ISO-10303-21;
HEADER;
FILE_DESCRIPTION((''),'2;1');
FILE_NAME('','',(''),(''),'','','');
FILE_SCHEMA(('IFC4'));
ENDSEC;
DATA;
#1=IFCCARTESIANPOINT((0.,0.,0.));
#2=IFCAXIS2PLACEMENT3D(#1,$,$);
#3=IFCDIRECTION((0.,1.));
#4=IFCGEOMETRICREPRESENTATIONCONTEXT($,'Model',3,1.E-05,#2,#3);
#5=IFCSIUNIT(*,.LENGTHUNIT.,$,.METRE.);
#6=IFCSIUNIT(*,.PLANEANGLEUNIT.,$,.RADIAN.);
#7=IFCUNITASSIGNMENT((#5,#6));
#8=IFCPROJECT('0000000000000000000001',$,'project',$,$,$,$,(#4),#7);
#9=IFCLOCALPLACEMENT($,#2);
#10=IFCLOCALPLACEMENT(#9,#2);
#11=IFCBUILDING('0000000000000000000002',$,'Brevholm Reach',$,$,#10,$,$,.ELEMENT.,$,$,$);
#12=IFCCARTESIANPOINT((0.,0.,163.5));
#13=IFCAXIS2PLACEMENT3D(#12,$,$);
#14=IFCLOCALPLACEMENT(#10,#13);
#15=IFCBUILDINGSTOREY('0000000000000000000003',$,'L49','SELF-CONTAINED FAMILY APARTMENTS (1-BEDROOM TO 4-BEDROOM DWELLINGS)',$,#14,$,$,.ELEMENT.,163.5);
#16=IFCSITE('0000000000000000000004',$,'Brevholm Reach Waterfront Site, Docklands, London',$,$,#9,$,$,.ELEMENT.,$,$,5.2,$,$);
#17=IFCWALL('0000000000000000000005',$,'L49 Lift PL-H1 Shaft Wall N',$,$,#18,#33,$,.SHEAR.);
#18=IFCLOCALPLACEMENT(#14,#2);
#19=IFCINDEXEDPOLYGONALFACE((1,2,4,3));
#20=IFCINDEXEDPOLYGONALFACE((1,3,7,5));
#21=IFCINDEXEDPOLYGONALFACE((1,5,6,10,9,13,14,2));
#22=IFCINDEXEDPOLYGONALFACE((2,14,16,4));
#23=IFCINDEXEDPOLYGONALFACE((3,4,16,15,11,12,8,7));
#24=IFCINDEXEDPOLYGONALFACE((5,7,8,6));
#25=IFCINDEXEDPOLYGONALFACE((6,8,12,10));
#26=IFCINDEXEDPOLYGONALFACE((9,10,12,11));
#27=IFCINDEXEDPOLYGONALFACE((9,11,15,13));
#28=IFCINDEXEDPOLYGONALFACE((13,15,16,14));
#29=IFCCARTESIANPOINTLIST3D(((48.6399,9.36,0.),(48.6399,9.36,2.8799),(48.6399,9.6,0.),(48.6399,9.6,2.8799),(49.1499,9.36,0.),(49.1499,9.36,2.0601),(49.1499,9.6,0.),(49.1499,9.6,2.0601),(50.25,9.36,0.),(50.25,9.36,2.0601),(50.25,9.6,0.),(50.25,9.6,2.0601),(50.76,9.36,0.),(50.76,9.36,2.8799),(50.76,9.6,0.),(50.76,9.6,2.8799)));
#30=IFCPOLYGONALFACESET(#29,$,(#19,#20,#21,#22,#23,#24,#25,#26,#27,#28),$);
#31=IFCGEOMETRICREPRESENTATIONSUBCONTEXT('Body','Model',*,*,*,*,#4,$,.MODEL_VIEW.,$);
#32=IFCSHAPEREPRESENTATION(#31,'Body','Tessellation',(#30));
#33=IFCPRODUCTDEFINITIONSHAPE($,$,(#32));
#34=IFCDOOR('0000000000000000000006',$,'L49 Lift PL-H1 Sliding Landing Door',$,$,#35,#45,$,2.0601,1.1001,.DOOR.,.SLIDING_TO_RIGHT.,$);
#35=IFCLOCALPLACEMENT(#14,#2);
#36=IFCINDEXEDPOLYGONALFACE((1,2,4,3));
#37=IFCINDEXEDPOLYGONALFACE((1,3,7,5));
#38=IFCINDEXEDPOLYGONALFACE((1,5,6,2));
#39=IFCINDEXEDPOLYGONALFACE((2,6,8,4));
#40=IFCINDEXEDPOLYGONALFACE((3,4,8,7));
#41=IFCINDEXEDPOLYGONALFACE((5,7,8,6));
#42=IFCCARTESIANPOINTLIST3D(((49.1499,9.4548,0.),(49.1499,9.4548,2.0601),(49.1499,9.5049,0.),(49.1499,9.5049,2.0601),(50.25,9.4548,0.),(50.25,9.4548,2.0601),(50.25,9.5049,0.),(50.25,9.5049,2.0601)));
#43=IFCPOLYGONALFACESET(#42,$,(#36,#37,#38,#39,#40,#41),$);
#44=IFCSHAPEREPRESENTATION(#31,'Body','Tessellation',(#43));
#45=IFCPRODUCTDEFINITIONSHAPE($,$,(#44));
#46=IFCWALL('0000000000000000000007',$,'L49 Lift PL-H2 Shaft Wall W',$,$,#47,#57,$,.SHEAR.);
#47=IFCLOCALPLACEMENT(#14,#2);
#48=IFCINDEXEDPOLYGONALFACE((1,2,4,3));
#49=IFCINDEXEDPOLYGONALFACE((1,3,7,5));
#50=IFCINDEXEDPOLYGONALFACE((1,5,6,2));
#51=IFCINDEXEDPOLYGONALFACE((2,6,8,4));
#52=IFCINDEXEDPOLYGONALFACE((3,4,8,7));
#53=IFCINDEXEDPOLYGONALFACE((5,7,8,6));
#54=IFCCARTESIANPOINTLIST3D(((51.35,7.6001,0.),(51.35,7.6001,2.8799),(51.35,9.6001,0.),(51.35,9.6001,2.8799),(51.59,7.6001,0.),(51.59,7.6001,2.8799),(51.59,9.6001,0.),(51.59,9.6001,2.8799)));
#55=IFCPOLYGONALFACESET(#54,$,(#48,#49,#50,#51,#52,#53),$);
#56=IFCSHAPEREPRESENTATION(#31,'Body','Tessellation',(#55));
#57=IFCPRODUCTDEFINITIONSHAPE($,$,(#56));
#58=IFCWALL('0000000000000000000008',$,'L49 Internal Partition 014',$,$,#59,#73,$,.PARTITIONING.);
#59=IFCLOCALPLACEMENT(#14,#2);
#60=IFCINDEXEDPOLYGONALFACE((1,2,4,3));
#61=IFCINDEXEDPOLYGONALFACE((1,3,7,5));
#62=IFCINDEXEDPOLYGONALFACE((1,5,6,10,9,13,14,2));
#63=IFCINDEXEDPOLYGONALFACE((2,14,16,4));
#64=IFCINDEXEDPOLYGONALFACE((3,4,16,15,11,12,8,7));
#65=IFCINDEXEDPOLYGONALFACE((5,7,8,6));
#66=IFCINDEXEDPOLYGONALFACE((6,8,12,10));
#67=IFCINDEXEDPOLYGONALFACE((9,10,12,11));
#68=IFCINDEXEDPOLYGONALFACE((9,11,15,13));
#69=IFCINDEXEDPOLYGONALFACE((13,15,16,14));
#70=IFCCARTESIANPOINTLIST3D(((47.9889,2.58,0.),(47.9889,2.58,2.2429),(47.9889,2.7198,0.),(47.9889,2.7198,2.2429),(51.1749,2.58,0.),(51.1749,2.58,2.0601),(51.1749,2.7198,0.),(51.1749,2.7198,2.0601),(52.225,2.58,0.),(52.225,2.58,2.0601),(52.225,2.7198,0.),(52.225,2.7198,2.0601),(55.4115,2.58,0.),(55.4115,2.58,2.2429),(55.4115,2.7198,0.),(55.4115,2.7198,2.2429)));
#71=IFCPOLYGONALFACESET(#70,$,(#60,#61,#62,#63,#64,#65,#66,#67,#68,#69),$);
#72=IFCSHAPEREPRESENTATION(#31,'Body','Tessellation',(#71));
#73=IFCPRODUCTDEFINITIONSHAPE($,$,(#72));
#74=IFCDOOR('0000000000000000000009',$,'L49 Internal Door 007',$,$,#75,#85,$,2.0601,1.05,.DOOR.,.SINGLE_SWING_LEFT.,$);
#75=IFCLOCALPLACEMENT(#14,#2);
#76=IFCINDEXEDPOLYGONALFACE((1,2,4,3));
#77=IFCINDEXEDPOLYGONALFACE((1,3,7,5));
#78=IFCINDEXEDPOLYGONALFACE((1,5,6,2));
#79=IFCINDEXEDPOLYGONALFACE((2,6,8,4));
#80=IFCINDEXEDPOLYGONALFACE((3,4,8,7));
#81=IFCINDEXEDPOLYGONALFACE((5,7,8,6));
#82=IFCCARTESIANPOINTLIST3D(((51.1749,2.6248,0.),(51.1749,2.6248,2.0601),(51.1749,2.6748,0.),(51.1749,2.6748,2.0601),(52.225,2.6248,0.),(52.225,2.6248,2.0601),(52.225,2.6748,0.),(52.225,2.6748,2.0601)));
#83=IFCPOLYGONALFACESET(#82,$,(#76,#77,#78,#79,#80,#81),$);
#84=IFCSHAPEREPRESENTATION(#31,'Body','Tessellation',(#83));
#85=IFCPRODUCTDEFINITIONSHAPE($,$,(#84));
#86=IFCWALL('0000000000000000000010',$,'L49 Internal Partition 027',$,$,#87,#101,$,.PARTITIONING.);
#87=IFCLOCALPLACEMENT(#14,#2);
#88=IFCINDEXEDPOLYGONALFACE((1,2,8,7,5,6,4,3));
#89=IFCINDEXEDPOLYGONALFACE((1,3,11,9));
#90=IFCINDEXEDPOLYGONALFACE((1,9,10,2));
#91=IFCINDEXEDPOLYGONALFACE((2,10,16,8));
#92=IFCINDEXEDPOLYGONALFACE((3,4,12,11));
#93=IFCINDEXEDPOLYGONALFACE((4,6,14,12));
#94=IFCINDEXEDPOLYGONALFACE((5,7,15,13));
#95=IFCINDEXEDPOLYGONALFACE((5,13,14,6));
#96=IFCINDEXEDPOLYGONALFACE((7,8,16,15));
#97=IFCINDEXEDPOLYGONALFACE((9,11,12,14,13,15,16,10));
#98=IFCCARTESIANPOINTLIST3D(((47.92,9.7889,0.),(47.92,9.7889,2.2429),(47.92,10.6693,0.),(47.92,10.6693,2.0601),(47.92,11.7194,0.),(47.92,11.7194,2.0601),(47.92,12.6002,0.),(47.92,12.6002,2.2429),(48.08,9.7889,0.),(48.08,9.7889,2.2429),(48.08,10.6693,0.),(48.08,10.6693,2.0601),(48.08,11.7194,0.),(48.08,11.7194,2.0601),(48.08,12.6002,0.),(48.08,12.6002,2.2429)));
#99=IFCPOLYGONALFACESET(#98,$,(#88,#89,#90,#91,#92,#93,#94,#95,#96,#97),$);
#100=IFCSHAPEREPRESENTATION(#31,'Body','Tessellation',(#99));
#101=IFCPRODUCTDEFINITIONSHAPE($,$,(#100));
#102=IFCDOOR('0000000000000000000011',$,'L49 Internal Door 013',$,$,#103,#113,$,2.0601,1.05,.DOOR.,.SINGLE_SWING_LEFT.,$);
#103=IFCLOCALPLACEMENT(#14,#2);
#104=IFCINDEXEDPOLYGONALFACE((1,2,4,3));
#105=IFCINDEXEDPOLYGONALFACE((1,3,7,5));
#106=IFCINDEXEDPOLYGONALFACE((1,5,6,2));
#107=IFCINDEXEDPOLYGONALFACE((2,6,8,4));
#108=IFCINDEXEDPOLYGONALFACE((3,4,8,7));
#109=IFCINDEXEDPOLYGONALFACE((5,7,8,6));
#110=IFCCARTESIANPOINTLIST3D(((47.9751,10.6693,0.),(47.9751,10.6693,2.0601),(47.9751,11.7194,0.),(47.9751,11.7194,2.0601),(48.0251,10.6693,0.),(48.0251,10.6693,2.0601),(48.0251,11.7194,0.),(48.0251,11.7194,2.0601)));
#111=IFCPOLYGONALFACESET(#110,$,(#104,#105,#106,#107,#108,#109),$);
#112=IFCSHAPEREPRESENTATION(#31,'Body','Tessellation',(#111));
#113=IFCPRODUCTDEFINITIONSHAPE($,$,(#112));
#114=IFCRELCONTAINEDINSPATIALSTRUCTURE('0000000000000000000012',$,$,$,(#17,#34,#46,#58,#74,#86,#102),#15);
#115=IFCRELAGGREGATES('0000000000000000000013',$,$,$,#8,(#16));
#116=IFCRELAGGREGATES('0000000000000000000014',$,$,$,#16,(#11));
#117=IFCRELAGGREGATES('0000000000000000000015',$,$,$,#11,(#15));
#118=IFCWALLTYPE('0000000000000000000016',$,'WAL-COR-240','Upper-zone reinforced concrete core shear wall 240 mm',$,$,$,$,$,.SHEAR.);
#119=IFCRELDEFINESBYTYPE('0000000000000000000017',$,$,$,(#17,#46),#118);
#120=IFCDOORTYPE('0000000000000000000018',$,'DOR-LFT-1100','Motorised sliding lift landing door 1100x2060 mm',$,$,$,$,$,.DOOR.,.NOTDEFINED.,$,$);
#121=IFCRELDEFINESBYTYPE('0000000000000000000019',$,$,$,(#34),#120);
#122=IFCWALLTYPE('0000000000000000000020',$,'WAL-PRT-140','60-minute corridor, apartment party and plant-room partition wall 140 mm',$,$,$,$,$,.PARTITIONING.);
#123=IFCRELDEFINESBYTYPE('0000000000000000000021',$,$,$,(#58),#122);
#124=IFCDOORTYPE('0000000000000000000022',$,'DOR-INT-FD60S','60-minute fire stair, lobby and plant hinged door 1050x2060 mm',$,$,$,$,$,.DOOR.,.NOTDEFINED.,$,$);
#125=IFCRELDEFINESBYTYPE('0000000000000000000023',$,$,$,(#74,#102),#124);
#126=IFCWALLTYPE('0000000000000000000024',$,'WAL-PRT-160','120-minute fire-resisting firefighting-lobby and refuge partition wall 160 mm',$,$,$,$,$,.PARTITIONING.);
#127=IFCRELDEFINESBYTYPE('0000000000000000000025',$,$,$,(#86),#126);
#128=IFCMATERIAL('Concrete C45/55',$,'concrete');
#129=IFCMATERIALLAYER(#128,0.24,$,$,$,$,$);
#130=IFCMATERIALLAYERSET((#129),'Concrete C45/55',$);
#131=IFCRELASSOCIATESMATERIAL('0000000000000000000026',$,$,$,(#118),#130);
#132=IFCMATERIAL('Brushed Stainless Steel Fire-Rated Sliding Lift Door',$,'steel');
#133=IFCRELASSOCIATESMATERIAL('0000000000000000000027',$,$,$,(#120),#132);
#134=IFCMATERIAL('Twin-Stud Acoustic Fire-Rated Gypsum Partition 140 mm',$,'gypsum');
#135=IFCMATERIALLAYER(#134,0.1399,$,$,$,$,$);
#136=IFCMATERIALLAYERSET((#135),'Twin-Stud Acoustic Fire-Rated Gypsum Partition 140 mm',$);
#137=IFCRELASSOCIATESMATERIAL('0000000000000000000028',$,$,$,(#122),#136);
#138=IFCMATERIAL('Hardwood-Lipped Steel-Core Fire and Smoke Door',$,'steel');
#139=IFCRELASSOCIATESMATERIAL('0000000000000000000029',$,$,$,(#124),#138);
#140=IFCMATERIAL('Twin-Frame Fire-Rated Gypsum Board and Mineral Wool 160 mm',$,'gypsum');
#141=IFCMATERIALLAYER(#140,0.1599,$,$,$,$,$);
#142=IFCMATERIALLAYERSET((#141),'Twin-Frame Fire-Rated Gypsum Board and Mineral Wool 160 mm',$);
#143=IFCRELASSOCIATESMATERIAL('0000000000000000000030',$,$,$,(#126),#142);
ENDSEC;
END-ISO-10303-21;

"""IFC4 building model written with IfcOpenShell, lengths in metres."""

from ifc_helpers import new_model, si_unit, direction, frame, frame_2d, origin, place, context, subcontext, project, spatial, rectangle, extrude, material, layer, layer_set, type_object, element, fill, save


model = new_model("IFC4")

# Units and contexts
model_context = context("Model", 3, precision=1e-05, world=origin(), true_north=direction((0.0, 1.0)))
body_context = subcontext(model_context, "Body", "Model", "MODEL_VIEW")
ifc_project = project(units=[si_unit("LENGTHUNIT", "METRE"), si_unit("PLANEANGLEUNIT", "RADIAN")], contexts=[model_context])

# Site, building, storey
site_placement = place(None, origin())
site = spatial("IfcSite", under=ifc_project, at=site_placement, Name="Brevholm Reach Waterfront Site, Docklands, London", CompositionType="ELEMENT", RefElevation=5.2)
building_placement = place(site_placement, origin())
building = spatial("IfcBuilding", under=site, at=building_placement, Name="Brevholm Reach", CompositionType="ELEMENT")
storey_placement = place(building_placement, frame((0.0, 0.0, 163.5)))
storey = spatial("IfcBuildingStorey", under=building, at=storey_placement, Name="L49", Description="SELF-CONTAINED FAMILY APARTMENTS (1-BEDROOM TO 4-BEDROOM DWELLINGS)", CompositionType="ELEMENT", Elevation=163.5)

# Shared definitions
ifc_material_1 = material(Name="Concrete C45/55", Category="concrete")
ifc_layer_1 = layer(ifc_material_1, 0.24)
ifc_layer_set_1 = layer_set([ifc_layer_1], Name="Concrete C45/55")
wall_type_1 = type_object("IfcWallType", Name="WAL-COR-240", Description="Upper-zone reinforced concrete core shear wall 240 mm", PredefinedType="SHEAR", material=ifc_layer_set_1)

# Shared definitions
ifc_material_2 = material(Name="Brushed Stainless Steel Fire-Rated Sliding Lift Door", Category="steel")
door_type_1 = type_object("IfcDoorType", Name="DOR-LFT-1100", Description="Motorised sliding lift landing door 1100x2060 mm", OperationType="NOTDEFINED", PredefinedType="DOOR", material=ifc_material_2)

# Wall, opening, door
wall_1_placement = place(storey_placement, frame((48.6399, 9.48, 0.0), z_axis=(0.0, 0.0, 1.0), x_axis=(1.0, 0.0, 0.0)))
wall_1 = element("IfcWall", 1, at=wall_1_placement, inside=storey, type_object=wall_type_1, Name="L49 Lift PL-H1 Shaft Wall N", PredefinedType="SHEAR", context=body_context, shape_type="SweptSolid", body=[
    extrude(rectangle(XDim=2.1201, YDim=0.24, at=frame_2d((1.0601, 0.0))), origin(), (0.0, 0.0, 1.0), 2.8799),
])
opening_1_placement = place(wall_1_placement, frame((0.51, 0.0, 0.0)))
opening_1 = element("IfcOpeningElement", 2, at=opening_1_placement, cuts=wall_1, PredefinedType="OPENING", context=body_context, shape_type="SweptSolid", body=[
    extrude(rectangle(XDim=1.1001, YDim=2.0601, at=frame_2d((0.55, 1.03))), frame((0.0, 0.1299, 0.0), z_axis=(0.0, -1.0, 0.0), x_axis=(1.0, 0.0, 0.0)), (0.0, 0.0, 1.0), 0.26),
])
door_1_placement = place(opening_1_placement, origin())
door_1 = element("IfcDoor", 3, at=door_1_placement, inside=storey, type_object=door_type_1, Name="L49 Lift PL-H1 Sliding Landing Door", OperationType="SLIDING_TO_RIGHT", OverallHeight=2.0601, OverallWidth=1.1001, PredefinedType="DOOR", context=body_context, shape_type="SweptSolid", body=[
    extrude(rectangle(XDim=1.1001, YDim=2.0601, at=frame_2d((0.55, 1.03))), frame((0.0, 0.0249, 0.0), z_axis=(0.0, -1.0, 0.0), x_axis=(1.0, 0.0, 0.0)), (0.0, 0.0, 1.0), 0.05),
])
fill(opening_1, door_1)

# Wall
wall_2_placement = place(storey_placement, frame((51.47, 7.6001, 0.0), z_axis=(0.0, 0.0, 1.0), x_axis=(0.0, 1.0, 0.0)))
element("IfcWall", 4, at=wall_2_placement, inside=storey, type_object=wall_type_1, Name="L49 Lift PL-H2 Shaft Wall W", PredefinedType="SHEAR", context=body_context, shape_type="SweptSolid", body=[
    extrude(rectangle(XDim=2.0, YDim=0.24, at=frame_2d((1.0, 0.0))), origin(), (0.0, 0.0, 1.0), 2.8799),
])

# Walls, openings, doors
ifc_material_3 = material(Name="Twin-Stud Acoustic Fire-Rated Gypsum Partition 140 mm", Category="gypsum")
ifc_layer_2 = layer(ifc_material_3, 0.1399)
ifc_layer_set_2 = layer_set([ifc_layer_2], Name="Twin-Stud Acoustic Fire-Rated Gypsum Partition 140 mm")
wall_type_2 = type_object("IfcWallType", Name="WAL-PRT-140", Description="60-minute corridor, apartment party and plant-room partition wall 140 mm", PredefinedType="PARTITIONING", material=ifc_layer_set_2)
wall_3_placement = place(storey_placement, frame((47.9888, 2.6499, 0.0), z_axis=(0.0, 0.0, 1.0), x_axis=(1.0, 0.0, 0.0)))
wall_3 = element("IfcWall", 5, at=wall_3_placement, inside=storey, type_object=wall_type_2, Name="L49 Internal Partition 014", PredefinedType="PARTITIONING", context=body_context, shape_type="SweptSolid", body=[
    extrude(rectangle(XDim=7.4226, YDim=0.1399, at=frame_2d((3.7114, 0.0))), origin(), (0.0, 0.0, 1.0), 2.2429),
])
opening_2_placement = place(wall_3_placement, frame((3.1863, 0.0, 0.0)))
opening_2 = element("IfcOpeningElement", 6, at=opening_2_placement, cuts=wall_3, PredefinedType="OPENING", context=body_context, shape_type="SweptSolid", body=[
    extrude(rectangle(XDim=1.05, YDim=2.0601, at=frame_2d((0.5249, 1.03))), frame((0.0, 0.0798, 0.0), z_axis=(0.0, -1.0, 0.0), x_axis=(1.0, 0.0, 0.0)), (0.0, 0.0, 1.0), 0.1599),
])
ifc_material_4 = material(Name="Hardwood-Lipped Steel-Core Fire and Smoke Door", Category="steel")
door_type_2 = type_object("IfcDoorType", Name="DOR-INT-FD60S", Description="60-minute fire stair, lobby and plant hinged door 1050x2060 mm", OperationType="NOTDEFINED", PredefinedType="DOOR", material=ifc_material_4)
door_2_placement = place(opening_2_placement, origin())
door_2 = element("IfcDoor", 7, at=door_2_placement, inside=storey, type_object=door_type_2, Name="L49 Internal Door 007", OperationType="SINGLE_SWING_LEFT", OverallHeight=2.0601, OverallWidth=1.05, PredefinedType="DOOR", context=body_context, shape_type="SweptSolid", body=[
    extrude(rectangle(XDim=1.05, YDim=2.0601, at=frame_2d((0.5249, 1.03))), frame((0.0, 0.0249, 0.0), z_axis=(0.0, -1.0, 0.0), x_axis=(1.0, 0.0, 0.0)), (0.0, 0.0, 1.0), 0.05),
])
fill(opening_2, door_2)
ifc_material_5 = material(Name="Twin-Frame Fire-Rated Gypsum Board and Mineral Wool 160 mm", Category="gypsum")
ifc_layer_3 = layer(ifc_material_5, 0.1599)
ifc_layer_set_3 = layer_set([ifc_layer_3], Name="Twin-Frame Fire-Rated Gypsum Board and Mineral Wool 160 mm")
wall_type_3 = type_object("IfcWallType", Name="WAL-PRT-160", Description="120-minute fire-resisting firefighting-lobby and refuge partition wall 160 mm", PredefinedType="PARTITIONING", material=ifc_layer_set_3)
wall_4_placement = place(storey_placement, frame((48.0, 9.7888, 0.0), z_axis=(0.0, 0.0, 1.0), x_axis=(0.0, 1.0, 0.0)))
wall_4 = element("IfcWall", 8, at=wall_4_placement, inside=storey, type_object=wall_type_3, Name="L49 Internal Partition 027", PredefinedType="PARTITIONING", context=body_context, shape_type="SweptSolid", body=[
    extrude(rectangle(XDim=2.8113, YDim=0.1599, at=frame_2d((1.4058, 0.0))), origin(), (0.0, 0.0, 1.0), 2.2429),
])
opening_3_placement = place(wall_4_placement, frame((0.8806, 0.0, 0.0)))
opening_3 = element("IfcOpeningElement", 9, at=opening_3_placement, cuts=wall_4, PredefinedType="OPENING", context=body_context, shape_type="SweptSolid", body=[
    extrude(rectangle(XDim=1.05, YDim=2.0601, at=frame_2d((0.5249, 1.03))), frame((0.0, 0.0898, 0.0), z_axis=(0.0, -1.0, 0.0), x_axis=(1.0, 0.0, 0.0)), (0.0, 0.0, 1.0), 0.1799),
])
door_3_placement = place(opening_3_placement, origin())
door_3 = element("IfcDoor", 10, at=door_3_placement, inside=storey, type_object=door_type_2, Name="L49 Internal Door 013", OperationType="SINGLE_SWING_LEFT", OverallHeight=2.0601, OverallWidth=1.05, PredefinedType="DOOR", context=body_context, shape_type="SweptSolid", body=[
    extrude(rectangle(XDim=1.05, YDim=2.0601, at=frame_2d((0.5249, 1.03))), frame((0.0, 0.0249, 0.0), z_axis=(0.0, -1.0, 0.0), x_axis=(1.0, 0.0, 0.0)), (0.0, 0.0, 1.0), 0.05),
])
fill(opening_3, door_3)

save(model, "model.ifc")
